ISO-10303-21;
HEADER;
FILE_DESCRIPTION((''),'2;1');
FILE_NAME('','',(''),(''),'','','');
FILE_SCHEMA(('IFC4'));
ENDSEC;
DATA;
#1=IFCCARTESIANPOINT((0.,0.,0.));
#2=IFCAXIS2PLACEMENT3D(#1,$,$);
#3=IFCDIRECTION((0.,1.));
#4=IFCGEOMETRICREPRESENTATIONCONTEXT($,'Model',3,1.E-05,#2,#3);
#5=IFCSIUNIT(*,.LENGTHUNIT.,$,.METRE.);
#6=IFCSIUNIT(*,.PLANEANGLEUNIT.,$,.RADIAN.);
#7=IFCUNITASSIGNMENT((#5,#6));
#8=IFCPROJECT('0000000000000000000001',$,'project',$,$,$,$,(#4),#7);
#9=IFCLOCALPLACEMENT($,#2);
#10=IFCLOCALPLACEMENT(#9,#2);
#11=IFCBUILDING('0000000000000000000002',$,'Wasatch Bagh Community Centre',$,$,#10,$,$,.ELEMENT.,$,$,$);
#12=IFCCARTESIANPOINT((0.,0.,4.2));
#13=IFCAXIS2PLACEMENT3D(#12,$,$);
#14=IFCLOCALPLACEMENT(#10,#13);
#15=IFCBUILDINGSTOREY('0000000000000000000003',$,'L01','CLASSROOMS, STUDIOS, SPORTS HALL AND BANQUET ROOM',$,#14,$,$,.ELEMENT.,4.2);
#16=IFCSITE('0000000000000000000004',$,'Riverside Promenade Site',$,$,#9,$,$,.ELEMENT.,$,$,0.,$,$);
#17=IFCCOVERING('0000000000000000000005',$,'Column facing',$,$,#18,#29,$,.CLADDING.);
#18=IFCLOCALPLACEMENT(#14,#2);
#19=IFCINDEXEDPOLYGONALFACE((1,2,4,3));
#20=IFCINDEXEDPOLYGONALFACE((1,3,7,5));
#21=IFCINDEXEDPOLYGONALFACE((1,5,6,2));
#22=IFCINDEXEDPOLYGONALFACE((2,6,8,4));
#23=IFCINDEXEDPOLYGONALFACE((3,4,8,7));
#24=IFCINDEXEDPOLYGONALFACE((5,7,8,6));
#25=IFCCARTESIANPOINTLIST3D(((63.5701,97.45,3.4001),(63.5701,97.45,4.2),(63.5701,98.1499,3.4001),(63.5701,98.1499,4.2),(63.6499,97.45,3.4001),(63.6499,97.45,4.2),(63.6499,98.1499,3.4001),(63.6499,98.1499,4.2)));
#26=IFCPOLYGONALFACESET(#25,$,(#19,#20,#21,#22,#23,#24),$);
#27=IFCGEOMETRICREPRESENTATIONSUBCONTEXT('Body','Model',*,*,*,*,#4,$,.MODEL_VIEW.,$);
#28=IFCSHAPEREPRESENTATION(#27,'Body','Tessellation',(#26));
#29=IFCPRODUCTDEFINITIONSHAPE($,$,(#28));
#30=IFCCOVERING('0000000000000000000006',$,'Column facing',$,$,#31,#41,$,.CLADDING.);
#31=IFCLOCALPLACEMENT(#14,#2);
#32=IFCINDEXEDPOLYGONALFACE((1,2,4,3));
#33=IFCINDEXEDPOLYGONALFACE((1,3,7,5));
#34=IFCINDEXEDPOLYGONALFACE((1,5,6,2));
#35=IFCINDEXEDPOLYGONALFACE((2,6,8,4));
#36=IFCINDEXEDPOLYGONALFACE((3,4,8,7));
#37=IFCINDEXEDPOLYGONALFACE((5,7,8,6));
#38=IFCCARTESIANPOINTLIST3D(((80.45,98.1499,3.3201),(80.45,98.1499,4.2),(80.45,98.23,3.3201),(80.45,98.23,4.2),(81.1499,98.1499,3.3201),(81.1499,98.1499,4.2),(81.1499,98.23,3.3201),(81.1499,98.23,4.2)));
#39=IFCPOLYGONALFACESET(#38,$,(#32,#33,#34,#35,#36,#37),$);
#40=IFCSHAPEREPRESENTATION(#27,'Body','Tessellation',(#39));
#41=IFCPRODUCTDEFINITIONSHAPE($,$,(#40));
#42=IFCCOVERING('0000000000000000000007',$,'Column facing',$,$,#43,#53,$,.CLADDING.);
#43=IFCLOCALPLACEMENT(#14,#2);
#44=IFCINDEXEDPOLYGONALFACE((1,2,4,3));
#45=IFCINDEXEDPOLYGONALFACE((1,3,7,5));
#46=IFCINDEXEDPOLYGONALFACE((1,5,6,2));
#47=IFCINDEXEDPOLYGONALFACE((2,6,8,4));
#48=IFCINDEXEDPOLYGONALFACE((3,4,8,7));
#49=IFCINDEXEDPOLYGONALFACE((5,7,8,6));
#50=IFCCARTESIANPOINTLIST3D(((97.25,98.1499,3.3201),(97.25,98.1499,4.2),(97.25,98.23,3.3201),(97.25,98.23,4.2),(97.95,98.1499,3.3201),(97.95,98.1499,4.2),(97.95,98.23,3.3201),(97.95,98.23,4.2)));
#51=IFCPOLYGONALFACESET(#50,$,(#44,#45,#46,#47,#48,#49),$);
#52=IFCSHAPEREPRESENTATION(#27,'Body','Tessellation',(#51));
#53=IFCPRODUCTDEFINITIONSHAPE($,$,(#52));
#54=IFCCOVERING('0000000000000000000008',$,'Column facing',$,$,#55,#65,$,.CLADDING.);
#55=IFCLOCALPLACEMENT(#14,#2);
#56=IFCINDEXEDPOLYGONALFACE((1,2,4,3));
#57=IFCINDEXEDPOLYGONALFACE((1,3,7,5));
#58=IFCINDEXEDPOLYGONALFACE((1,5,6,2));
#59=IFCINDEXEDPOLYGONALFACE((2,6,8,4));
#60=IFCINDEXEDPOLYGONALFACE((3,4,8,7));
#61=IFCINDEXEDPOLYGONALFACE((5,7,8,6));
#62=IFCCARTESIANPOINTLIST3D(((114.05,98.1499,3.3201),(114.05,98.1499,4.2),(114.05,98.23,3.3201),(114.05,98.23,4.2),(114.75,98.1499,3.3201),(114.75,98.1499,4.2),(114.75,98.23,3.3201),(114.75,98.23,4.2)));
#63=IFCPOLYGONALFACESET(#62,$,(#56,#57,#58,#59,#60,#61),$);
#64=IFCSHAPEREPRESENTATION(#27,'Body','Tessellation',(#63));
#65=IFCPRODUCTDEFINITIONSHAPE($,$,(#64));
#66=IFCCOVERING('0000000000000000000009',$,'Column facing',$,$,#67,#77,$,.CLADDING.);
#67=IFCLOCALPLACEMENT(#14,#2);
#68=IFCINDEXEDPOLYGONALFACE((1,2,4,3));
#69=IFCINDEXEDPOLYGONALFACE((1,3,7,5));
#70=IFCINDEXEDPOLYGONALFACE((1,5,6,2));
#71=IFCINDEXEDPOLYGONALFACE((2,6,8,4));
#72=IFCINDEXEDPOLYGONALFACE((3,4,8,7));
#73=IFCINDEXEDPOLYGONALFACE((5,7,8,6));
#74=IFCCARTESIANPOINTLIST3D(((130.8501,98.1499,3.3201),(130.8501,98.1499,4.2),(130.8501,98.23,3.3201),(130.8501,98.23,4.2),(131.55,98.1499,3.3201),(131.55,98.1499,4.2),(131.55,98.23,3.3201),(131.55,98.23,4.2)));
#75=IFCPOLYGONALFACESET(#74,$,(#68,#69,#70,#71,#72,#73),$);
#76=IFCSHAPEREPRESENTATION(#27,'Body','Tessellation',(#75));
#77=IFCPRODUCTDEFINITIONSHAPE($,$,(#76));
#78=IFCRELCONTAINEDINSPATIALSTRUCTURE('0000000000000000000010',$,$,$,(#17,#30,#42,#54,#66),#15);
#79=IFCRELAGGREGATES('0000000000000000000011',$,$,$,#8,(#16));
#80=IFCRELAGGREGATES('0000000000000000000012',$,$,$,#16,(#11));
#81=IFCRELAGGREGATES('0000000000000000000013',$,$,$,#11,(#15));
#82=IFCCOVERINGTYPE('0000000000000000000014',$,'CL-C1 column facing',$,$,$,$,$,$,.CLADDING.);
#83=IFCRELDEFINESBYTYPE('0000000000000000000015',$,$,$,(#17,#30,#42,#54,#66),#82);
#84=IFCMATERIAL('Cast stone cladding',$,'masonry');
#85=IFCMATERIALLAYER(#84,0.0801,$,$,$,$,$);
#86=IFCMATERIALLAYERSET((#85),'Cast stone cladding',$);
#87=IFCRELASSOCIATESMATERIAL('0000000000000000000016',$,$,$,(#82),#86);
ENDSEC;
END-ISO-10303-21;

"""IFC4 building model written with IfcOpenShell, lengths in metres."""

from ifc_helpers import new_model, si_unit, direction, frame, origin, place, context, subcontext, project, spatial, polyline, outline, extrude, material, layer, layer_set, type_object, element, save


model = new_model("IFC4")

# Units and contexts
model_context = context("Model", 3, precision=1e-05, world=origin(), true_north=direction((0.0, 1.0)))
body_context = subcontext(model_context, "Body", "Model", "MODEL_VIEW")
ifc_project = project(units=[si_unit("LENGTHUNIT", "METRE"), si_unit("PLANEANGLEUNIT", "RADIAN")], contexts=[model_context])

# Site, building, storey
site_placement = place(None, origin())
site = spatial("IfcSite", under=ifc_project, at=site_placement, Name="Riverside Promenade Site", CompositionType="ELEMENT", RefElevation=0.0)
building_placement = place(site_placement, origin())
building = spatial("IfcBuilding", under=site, at=building_placement, Name="Wasatch Bagh Community Centre", CompositionType="ELEMENT")
storey_placement = place(building_placement, frame((0.0, 0.0, 4.2)))
storey = spatial("IfcBuildingStorey", under=building, at=storey_placement, Name="L01", Description="CLASSROOMS, STUDIOS, SPORTS HALL AND BANQUET ROOM", CompositionType="ELEMENT", Elevation=4.2)

# Coverings
ifc_material_1 = material(Name="Cast stone cladding", Category="masonry")
ifc_layer_1 = layer(ifc_material_1, 0.0801)
ifc_layer_set_1 = layer_set([ifc_layer_1], Name="Cast stone cladding")
covering_type_1 = type_object("IfcCoveringType", Name="CL-C1 column facing", PredefinedType="CLADDING", material=ifc_layer_set_1)
covering_1_placement = place(storey_placement, frame((0.0, 0.0, 3.4001)))
element("IfcCovering", 1, at=covering_1_placement, inside=storey, type_object=covering_type_1, Name="Column facing", PredefinedType="CLADDING", context=body_context, shape_type="SweptSolid", body=[
    extrude(outline(polyline([(63.6499, 98.1499), (63.6499, 97.45), (63.5701, 97.45), (63.5701, 98.1499), (63.6499, 98.1499)])), origin(), (0.0, 0.0, 1.0), 0.7998),
])
covering_2_placement = place(storey_placement, frame((0.0, 0.0, 3.3201)))
element("IfcCovering", 2, at=covering_2_placement, inside=storey, type_object=covering_type_1, Name="Column facing", PredefinedType="CLADDING", context=body_context, shape_type="SweptSolid", body=[
    extrude(outline(polyline([(81.1499, 98.1499), (80.45, 98.1499), (80.45, 98.23), (81.1499, 98.23), (81.1499, 98.1499)])), origin(), (0.0, 0.0, 1.0), 0.8799),
])
covering_3_placement = place(storey_placement, frame((0.0, 0.0, 3.3201)))
element("IfcCovering", 3, at=covering_3_placement, inside=storey, type_object=covering_type_1, Name="Column facing", PredefinedType="CLADDING", context=body_context, shape_type="SweptSolid", body=[
    extrude(outline(polyline([(97.95, 98.1499), (97.25, 98.1499), (97.25, 98.23), (97.95, 98.23), (97.95, 98.1499)])), origin(), (0.0, 0.0, 1.0), 0.8799),
])
covering_4_placement = place(storey_placement, frame((0.0, 0.0, 3.3201)))
element("IfcCovering", 4, at=covering_4_placement, inside=storey, type_object=covering_type_1, Name="Column facing", PredefinedType="CLADDING", context=body_context, shape_type="SweptSolid", body=[
    extrude(outline(polyline([(114.75, 98.1499), (114.05, 98.1499), (114.05, 98.23), (114.75, 98.23), (114.75, 98.1499)])), origin(), (0.0, 0.0, 1.0), 0.8799),
])
covering_5_placement = place(storey_placement, frame((0.0, 0.0, 3.3201)))
element("IfcCovering", 5, at=covering_5_placement, inside=storey, type_object=covering_type_1, Name="Column facing", PredefinedType="CLADDING", context=body_context, shape_type="SweptSolid", body=[
    extrude(outline(polyline([(131.55, 98.1499), (130.8501, 98.1499), (130.8501, 98.23), (131.55, 98.23), (131.55, 98.1499)])), origin(), (0.0, 0.0, 1.0), 0.8799),
])

save(model, "model.ifc")
